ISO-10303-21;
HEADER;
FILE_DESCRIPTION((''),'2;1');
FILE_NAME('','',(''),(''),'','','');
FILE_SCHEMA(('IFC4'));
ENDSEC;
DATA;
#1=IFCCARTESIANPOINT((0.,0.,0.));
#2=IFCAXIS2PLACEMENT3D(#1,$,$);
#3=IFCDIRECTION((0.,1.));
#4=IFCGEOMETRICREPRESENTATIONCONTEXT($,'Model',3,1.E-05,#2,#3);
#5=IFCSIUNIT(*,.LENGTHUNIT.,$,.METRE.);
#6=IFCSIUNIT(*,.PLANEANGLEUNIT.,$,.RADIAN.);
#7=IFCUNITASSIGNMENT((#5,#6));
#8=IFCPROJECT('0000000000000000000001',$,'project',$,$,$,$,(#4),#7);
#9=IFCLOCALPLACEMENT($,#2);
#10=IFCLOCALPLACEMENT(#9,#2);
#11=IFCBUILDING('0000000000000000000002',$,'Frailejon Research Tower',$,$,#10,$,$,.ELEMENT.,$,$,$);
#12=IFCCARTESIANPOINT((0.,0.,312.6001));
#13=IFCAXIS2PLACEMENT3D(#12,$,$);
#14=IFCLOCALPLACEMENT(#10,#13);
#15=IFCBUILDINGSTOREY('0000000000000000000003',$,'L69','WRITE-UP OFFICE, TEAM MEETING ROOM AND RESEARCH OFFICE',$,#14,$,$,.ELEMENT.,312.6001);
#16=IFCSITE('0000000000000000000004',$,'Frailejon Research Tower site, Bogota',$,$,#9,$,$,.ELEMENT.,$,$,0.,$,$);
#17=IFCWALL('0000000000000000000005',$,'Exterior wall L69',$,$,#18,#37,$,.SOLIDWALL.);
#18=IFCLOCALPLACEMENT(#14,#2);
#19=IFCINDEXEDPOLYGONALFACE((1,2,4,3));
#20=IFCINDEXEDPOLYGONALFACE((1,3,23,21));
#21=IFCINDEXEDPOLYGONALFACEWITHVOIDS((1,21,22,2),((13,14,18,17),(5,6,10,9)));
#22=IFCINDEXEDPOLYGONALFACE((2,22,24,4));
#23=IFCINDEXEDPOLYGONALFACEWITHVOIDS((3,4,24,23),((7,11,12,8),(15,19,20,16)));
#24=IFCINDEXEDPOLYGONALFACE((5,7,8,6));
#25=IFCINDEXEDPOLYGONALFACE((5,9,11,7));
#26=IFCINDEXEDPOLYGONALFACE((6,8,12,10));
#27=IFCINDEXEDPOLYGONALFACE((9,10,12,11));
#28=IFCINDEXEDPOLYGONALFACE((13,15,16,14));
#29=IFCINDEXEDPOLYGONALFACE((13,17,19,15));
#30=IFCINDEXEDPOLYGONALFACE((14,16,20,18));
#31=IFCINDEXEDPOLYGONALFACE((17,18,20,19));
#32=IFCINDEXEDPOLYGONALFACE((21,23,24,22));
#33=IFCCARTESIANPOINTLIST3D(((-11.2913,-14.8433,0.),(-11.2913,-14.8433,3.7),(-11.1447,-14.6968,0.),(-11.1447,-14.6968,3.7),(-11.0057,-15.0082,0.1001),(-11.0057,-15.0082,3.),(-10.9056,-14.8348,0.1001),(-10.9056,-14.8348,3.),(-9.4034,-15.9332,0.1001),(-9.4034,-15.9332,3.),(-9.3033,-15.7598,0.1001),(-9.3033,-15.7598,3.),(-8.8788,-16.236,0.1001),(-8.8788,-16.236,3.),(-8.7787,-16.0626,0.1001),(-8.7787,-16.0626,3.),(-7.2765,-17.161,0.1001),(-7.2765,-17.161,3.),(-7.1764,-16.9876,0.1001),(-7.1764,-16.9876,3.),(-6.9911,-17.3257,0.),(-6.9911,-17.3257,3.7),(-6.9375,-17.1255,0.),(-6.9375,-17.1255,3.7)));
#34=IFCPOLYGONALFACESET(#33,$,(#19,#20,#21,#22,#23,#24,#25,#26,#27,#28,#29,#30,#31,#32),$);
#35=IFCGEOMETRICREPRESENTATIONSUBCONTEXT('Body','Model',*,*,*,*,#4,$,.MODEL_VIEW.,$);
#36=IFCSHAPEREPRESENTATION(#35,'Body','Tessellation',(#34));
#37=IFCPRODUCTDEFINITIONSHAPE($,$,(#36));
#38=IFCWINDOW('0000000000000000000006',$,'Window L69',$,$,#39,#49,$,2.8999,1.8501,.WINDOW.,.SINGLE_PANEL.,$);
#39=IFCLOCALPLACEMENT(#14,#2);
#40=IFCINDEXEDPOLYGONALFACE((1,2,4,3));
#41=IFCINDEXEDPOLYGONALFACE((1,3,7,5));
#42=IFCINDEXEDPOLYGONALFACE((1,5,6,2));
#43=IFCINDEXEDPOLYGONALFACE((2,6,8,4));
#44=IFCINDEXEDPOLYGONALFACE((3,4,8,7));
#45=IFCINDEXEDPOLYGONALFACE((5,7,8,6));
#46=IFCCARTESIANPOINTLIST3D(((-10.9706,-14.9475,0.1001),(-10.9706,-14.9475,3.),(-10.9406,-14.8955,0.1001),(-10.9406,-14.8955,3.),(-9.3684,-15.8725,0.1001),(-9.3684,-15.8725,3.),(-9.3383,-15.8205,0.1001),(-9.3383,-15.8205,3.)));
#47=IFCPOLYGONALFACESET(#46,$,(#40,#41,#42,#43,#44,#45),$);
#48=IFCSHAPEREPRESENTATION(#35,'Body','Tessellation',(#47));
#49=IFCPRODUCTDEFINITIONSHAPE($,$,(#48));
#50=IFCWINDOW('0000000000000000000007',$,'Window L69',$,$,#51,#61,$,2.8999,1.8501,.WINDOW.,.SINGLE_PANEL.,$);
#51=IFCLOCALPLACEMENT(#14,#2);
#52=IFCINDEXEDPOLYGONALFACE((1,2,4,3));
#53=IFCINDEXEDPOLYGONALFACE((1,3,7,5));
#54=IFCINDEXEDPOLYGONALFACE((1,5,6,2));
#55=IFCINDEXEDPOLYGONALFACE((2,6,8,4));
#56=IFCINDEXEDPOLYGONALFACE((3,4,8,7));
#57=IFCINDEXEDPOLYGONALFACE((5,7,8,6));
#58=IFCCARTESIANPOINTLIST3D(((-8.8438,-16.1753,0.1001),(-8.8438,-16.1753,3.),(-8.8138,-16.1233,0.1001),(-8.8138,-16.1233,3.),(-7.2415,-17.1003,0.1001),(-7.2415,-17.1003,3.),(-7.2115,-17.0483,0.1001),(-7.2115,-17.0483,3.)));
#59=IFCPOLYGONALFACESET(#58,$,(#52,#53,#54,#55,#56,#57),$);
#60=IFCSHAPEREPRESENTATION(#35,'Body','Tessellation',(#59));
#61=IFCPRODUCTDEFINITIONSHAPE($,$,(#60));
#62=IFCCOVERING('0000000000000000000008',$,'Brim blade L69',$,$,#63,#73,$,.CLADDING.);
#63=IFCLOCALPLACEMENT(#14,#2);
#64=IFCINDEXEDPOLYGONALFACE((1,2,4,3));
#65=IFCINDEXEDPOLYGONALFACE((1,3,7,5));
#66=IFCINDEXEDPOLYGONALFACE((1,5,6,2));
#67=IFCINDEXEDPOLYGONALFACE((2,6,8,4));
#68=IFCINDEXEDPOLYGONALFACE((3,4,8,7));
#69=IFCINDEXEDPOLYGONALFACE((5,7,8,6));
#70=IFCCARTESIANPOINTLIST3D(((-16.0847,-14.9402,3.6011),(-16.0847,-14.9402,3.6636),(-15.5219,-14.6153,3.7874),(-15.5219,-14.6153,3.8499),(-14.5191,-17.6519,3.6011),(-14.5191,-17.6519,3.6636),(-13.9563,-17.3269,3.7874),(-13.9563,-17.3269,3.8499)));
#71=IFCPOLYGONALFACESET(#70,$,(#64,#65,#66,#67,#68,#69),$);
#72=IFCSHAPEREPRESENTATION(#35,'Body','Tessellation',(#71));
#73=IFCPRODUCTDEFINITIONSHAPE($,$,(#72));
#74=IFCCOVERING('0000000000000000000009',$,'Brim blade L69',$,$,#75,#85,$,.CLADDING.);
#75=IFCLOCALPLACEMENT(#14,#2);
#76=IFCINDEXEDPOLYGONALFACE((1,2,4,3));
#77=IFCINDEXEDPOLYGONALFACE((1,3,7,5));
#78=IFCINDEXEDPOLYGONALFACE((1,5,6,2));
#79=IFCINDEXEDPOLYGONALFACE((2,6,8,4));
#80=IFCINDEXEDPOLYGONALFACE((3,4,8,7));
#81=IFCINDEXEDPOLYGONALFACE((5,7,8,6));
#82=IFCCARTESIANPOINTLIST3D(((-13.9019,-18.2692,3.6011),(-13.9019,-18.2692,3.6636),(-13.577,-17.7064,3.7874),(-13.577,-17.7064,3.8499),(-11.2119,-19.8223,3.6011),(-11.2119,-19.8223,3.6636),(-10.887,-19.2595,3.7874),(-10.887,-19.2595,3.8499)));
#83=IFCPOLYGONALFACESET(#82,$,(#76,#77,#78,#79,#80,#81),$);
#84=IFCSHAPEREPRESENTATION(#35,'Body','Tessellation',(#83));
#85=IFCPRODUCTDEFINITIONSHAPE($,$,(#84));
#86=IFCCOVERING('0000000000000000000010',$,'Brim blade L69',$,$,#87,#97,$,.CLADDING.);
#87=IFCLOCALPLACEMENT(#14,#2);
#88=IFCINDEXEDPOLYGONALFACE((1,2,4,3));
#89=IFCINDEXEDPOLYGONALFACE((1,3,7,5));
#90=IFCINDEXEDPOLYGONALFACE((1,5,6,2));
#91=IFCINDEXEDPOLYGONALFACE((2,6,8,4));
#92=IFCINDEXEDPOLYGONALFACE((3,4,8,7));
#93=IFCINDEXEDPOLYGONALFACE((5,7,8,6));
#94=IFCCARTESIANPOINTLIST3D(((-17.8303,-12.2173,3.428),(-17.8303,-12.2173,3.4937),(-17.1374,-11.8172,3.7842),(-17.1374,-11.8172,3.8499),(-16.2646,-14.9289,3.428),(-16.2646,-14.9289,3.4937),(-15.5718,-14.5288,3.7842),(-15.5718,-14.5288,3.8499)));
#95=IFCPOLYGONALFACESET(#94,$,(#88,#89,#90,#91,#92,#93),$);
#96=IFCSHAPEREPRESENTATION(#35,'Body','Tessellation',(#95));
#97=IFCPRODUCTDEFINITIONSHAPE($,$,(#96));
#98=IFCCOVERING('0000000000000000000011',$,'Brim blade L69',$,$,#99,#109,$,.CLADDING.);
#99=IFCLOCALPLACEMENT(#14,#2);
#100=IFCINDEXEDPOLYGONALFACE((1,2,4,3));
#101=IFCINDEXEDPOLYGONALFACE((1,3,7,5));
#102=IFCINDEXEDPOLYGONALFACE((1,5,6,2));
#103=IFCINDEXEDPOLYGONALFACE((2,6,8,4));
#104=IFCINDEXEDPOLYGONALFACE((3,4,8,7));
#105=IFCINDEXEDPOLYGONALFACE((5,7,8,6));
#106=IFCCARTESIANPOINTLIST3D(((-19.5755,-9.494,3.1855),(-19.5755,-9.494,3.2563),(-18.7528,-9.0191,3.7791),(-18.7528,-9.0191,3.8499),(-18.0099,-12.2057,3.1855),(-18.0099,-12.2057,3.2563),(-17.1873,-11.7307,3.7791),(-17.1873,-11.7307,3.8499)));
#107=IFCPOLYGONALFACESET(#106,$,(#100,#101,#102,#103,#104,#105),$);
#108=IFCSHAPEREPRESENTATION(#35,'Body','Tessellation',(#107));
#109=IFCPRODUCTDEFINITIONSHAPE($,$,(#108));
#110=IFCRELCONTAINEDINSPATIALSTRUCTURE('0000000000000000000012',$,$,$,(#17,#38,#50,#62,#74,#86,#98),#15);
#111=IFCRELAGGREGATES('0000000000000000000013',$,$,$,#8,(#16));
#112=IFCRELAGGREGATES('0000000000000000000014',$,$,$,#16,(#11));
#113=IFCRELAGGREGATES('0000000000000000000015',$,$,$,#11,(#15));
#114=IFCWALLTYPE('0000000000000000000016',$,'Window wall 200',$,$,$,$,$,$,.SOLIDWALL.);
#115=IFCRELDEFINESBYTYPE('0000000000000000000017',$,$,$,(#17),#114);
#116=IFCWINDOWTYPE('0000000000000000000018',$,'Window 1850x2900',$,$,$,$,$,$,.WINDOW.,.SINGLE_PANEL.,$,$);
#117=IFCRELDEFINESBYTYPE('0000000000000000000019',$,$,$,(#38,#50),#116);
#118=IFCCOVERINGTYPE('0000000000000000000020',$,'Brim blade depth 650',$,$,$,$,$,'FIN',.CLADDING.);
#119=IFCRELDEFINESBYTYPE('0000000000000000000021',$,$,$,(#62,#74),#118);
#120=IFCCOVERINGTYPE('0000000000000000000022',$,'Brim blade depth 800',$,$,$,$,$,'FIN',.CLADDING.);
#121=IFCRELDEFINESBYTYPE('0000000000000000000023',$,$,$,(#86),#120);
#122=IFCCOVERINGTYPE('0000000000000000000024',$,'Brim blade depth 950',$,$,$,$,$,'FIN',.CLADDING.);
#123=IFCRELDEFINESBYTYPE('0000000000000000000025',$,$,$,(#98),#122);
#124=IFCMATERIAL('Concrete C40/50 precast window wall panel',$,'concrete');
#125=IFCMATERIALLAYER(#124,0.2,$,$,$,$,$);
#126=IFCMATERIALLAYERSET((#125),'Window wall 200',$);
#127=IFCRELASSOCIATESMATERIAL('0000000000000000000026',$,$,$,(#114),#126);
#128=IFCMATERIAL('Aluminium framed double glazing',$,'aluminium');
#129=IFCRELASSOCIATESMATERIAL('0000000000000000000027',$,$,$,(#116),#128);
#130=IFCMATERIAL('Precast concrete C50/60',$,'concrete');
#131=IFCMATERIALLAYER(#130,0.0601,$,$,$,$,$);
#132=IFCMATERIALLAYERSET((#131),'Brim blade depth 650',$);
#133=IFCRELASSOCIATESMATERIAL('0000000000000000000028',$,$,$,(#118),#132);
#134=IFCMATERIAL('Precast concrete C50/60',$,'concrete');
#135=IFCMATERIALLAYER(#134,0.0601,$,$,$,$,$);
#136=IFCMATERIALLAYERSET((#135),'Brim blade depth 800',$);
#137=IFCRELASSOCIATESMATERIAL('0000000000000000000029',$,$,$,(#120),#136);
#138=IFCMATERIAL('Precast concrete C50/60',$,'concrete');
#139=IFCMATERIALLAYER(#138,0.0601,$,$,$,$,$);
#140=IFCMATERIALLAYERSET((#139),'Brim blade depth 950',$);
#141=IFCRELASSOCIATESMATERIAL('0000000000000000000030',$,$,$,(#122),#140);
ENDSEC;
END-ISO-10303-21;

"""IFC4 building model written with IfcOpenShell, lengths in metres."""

from ifc_helpers import new_model, si_unit, direction, frame, frame_2d, origin, place, context, subcontext, project, spatial, polyline, rectangle, outline, extrude, material, layer, layer_set, type_object, element, fill, save


model = new_model("IFC4")

# Units and contexts
model_context = context("Model", 3, precision=1e-05, world=origin(), true_north=direction((0.0, 1.0)))
body_context = subcontext(model_context, "Body", "Model", "MODEL_VIEW")
ifc_project = project(units=[si_unit("LENGTHUNIT", "METRE"), si_unit("PLANEANGLEUNIT", "RADIAN")], contexts=[model_context])

# Site, building, storey
site_placement = place(None, origin())
site = spatial("IfcSite", under=ifc_project, at=site_placement, Name="Frailejon Research Tower site, Bogota", CompositionType="ELEMENT", RefElevation=0.0)
building_placement = place(site_placement, origin())
building = spatial("IfcBuilding", under=site, at=building_placement, Name="Frailejon Research Tower", CompositionType="ELEMENT")
storey_placement = place(building_placement, frame((0.0, 0.0, 312.6001)))
storey = spatial("IfcBuildingStorey", under=building, at=storey_placement, Name="L69", Description="WRITE-UP OFFICE, TEAM MEETING ROOM AND RESEARCH OFFICE", CompositionType="ELEMENT", Elevation=312.6001)

# Wall, openings, windows
ifc_material_1 = material(Name="Concrete C40/50 precast window wall panel", Category="concrete")
ifc_layer_1 = layer(ifc_material_1, 0.2)
ifc_layer_set_1 = layer_set([ifc_layer_1], Name="Window wall 200")
wall_type_1 = type_object("IfcWallType", Name="Window wall 200", PredefinedType="SOLIDWALL", material=ifc_layer_set_1)
wall_1_placement = place(storey_placement, frame((-11.218, -14.77, 0.0), z_axis=(0.0, 0.0, 1.0), x_axis=(0.866051, -0.499956, 0.0)))
wall_1 = element("IfcWall", 1, at=wall_1_placement, inside=storey, type_object=wall_type_1, Name="Exterior wall L69", PredefinedType="SOLIDWALL", context=body_context, shape_type="SweptSolid", body=[
    extrude(outline(polyline([(-0.0269, -0.1001), (1.2144, -0.1001), (2.4558, -0.1001), (3.6973, -0.1001), (4.9385, -0.1001), (4.8848, 0.1001), (3.6704, 0.1001), (2.4558, 0.1001), (1.2412, 0.1001), (0.0269, 0.1001), (-0.0269, -0.1001)])), origin(), (0.0, 0.0, 1.0), 3.7),
])
opening_1_placement = place(wall_1_placement, frame((0.303, 0.0, 0.1001)))
opening_1 = element("IfcOpeningElement", 2, at=opening_1_placement, cuts=wall_1, PredefinedType="OPENING", context=body_context, shape_type="SweptSolid", body=[
    extrude(rectangle(XDim=1.8501, YDim=2.8999, at=frame_2d((0.925, 1.45))), frame((0.0, 0.1099, 0.0), z_axis=(0.0, -1.0, 0.0), x_axis=(1.0, 0.0, 0.0)), (0.0, 0.0, 1.0), 0.22),
])
opening_2_placement = place(wall_1_placement, frame((2.7588, 0.0, 0.1001)))
opening_2 = element("IfcOpeningElement", 3, at=opening_2_placement, cuts=wall_1, PredefinedType="OPENING", context=body_context, shape_type="SweptSolid", body=[
    extrude(rectangle(XDim=1.8501, YDim=2.8999, at=frame_2d((0.925, 1.45))), frame((0.0, 0.1099, 0.0), z_axis=(0.0, -1.0, 0.0), x_axis=(1.0, 0.0, 0.0)), (0.0, 0.0, 1.0), 0.22),
])
ifc_material_2 = material(Name="Aluminium framed double glazing", Category="aluminium")
window_type = type_object("IfcWindowType", Name="Window 1850x2900", PartitioningType="SINGLE_PANEL", PredefinedType="WINDOW", material=ifc_material_2)
window_1_placement = place(opening_1_placement, origin())
window_1 = element("IfcWindow", 4, at=window_1_placement, inside=storey, type_object=window_type, Name="Window L69", OverallHeight=2.8999, OverallWidth=1.8501, PartitioningType="SINGLE_PANEL", PredefinedType="WINDOW", context=body_context, shape_type="SweptSolid", body=[
    extrude(rectangle(XDim=1.8501, YDim=2.8999, at=frame_2d((0.925, 1.45))), frame((0.0, 0.03, 0.0), z_axis=(0.0, -1.0, 0.0), x_axis=(1.0, 0.0, 0.0)), (0.0, 0.0, 1.0), 0.0601),
])
fill(opening_1, window_1)
window_2_placement = place(opening_2_placement, origin())
window_2 = element("IfcWindow", 5, at=window_2_placement, inside=storey, type_object=window_type, Name="Window L69", OverallHeight=2.8999, OverallWidth=1.8501, PartitioningType="SINGLE_PANEL", PredefinedType="WINDOW", context=body_context, shape_type="SweptSolid", body=[
    extrude(rectangle(XDim=1.8501, YDim=2.8999, at=frame_2d((0.925, 1.45))), frame((0.0, 0.03, 0.0), z_axis=(0.0, -1.0, 0.0), x_axis=(1.0, 0.0, 0.0)), (0.0, 0.0, 1.0), 0.0601),
])
fill(opening_2, window_2)

# Coverings
ifc_material_3 = material(Name="Precast concrete C50/60", Category="concrete")
ifc_layer_2 = layer(ifc_material_3, 0.0601)
ifc_layer_set_2 = layer_set([ifc_layer_2], Name="Brim blade depth 650")
covering_type_1 = type_object("IfcCoveringType", Name="Brim blade depth 650", ElementType="FIN", PredefinedType="CLADDING", material=ifc_layer_set_2)
covering_1_placement = place(storey_placement, frame((-13.9563, -17.3269, 3.8499), z_axis=(-0.500004, 0.866023, 0.0), x_axis=(-0.866023, -0.500004, 0.0)))
element("IfcCovering", 6, at=covering_1_placement, inside=storey, type_object=covering_type_1, Name="Brim blade L69", PredefinedType="CLADDING", context=body_context, shape_type="SweptSolid", body=[
    extrude(outline(polyline([(0.0, -0.0625), (0.6499, -0.2488), (0.6499, -0.1863), (0.0, 0.0), (0.0, -0.0625)])), origin(), (0.0, 0.0, 1.0), 3.1311),
])
covering_2_placement = place(storey_placement, frame((-10.887, -19.2595, 3.8499), z_axis=(-0.866014, 0.50002, 0.0), x_axis=(-0.50002, -0.866014, 0.0)))
element("IfcCovering", 7, at=covering_2_placement, inside=storey, type_object=covering_type_1, Name="Brim blade L69", PredefinedType="CLADDING", context=body_context, shape_type="SweptSolid", body=[
    extrude(outline(polyline([(0.0, -0.0625), (0.6499, -0.2488), (0.6499, -0.1863), (0.0, 0.0), (0.0, -0.0625)])), origin(), (0.0, 0.0, 1.0), 3.1062),
])
ifc_material_4 = material(Name="Precast concrete C50/60", Category="concrete")
ifc_layer_3 = layer(ifc_material_4, 0.0601)
ifc_layer_set_3 = layer_set([ifc_layer_3], Name="Brim blade depth 800")
covering_type_2 = type_object("IfcCoveringType", Name="Brim blade depth 800", ElementType="FIN", PredefinedType="CLADDING", material=ifc_layer_set_3)
covering_3_placement = place(storey_placement, frame((-15.5718, -14.5288, 3.8499), z_axis=(-0.500027, 0.86601, 0.0), x_axis=(-0.86601, -0.500027, 0.0)))
element("IfcCovering", 8, at=covering_3_placement, inside=storey, type_object=covering_type_2, Name="Brim blade L69", PredefinedType="CLADDING", context=body_context, shape_type="SweptSolid", body=[
    extrude(outline(polyline([(0.0, -0.0657), (0.8, -0.4219), (0.8, -0.3562), (0.0, 0.0), (0.0, -0.0657)])), origin(), (0.0, 0.0, 1.0), 3.1311),
])
ifc_material_5 = material(Name="Precast concrete C50/60", Category="concrete")
ifc_layer_4 = layer(ifc_material_5, 0.0601)
ifc_layer_set_4 = layer_set([ifc_layer_4], Name="Brim blade depth 950")
covering_type_3 = type_object("IfcCoveringType", Name="Brim blade depth 950", ElementType="FIN", PredefinedType="CLADDING", material=ifc_layer_set_4)
covering_4_placement = place(storey_placement, frame((-17.1873, -11.7307, 3.8499), z_axis=(-0.49999, 0.866031, 0.0), x_axis=(-0.866031, -0.49999, 0.0)))
element("IfcCovering", 9, at=covering_4_placement, inside=storey, type_object=covering_type_3, Name="Brim blade L69", PredefinedType="CLADDING", context=body_context, shape_type="SweptSolid", body=[
    extrude(outline(polyline([(0.0, -0.0708), (0.95, -0.6643), (0.95, -0.5935), (0.0, 0.0), (0.0, -0.0708)])), origin(), (0.0, 0.0, 1.0), 3.1311),
])

save(model, "model.ifc")
